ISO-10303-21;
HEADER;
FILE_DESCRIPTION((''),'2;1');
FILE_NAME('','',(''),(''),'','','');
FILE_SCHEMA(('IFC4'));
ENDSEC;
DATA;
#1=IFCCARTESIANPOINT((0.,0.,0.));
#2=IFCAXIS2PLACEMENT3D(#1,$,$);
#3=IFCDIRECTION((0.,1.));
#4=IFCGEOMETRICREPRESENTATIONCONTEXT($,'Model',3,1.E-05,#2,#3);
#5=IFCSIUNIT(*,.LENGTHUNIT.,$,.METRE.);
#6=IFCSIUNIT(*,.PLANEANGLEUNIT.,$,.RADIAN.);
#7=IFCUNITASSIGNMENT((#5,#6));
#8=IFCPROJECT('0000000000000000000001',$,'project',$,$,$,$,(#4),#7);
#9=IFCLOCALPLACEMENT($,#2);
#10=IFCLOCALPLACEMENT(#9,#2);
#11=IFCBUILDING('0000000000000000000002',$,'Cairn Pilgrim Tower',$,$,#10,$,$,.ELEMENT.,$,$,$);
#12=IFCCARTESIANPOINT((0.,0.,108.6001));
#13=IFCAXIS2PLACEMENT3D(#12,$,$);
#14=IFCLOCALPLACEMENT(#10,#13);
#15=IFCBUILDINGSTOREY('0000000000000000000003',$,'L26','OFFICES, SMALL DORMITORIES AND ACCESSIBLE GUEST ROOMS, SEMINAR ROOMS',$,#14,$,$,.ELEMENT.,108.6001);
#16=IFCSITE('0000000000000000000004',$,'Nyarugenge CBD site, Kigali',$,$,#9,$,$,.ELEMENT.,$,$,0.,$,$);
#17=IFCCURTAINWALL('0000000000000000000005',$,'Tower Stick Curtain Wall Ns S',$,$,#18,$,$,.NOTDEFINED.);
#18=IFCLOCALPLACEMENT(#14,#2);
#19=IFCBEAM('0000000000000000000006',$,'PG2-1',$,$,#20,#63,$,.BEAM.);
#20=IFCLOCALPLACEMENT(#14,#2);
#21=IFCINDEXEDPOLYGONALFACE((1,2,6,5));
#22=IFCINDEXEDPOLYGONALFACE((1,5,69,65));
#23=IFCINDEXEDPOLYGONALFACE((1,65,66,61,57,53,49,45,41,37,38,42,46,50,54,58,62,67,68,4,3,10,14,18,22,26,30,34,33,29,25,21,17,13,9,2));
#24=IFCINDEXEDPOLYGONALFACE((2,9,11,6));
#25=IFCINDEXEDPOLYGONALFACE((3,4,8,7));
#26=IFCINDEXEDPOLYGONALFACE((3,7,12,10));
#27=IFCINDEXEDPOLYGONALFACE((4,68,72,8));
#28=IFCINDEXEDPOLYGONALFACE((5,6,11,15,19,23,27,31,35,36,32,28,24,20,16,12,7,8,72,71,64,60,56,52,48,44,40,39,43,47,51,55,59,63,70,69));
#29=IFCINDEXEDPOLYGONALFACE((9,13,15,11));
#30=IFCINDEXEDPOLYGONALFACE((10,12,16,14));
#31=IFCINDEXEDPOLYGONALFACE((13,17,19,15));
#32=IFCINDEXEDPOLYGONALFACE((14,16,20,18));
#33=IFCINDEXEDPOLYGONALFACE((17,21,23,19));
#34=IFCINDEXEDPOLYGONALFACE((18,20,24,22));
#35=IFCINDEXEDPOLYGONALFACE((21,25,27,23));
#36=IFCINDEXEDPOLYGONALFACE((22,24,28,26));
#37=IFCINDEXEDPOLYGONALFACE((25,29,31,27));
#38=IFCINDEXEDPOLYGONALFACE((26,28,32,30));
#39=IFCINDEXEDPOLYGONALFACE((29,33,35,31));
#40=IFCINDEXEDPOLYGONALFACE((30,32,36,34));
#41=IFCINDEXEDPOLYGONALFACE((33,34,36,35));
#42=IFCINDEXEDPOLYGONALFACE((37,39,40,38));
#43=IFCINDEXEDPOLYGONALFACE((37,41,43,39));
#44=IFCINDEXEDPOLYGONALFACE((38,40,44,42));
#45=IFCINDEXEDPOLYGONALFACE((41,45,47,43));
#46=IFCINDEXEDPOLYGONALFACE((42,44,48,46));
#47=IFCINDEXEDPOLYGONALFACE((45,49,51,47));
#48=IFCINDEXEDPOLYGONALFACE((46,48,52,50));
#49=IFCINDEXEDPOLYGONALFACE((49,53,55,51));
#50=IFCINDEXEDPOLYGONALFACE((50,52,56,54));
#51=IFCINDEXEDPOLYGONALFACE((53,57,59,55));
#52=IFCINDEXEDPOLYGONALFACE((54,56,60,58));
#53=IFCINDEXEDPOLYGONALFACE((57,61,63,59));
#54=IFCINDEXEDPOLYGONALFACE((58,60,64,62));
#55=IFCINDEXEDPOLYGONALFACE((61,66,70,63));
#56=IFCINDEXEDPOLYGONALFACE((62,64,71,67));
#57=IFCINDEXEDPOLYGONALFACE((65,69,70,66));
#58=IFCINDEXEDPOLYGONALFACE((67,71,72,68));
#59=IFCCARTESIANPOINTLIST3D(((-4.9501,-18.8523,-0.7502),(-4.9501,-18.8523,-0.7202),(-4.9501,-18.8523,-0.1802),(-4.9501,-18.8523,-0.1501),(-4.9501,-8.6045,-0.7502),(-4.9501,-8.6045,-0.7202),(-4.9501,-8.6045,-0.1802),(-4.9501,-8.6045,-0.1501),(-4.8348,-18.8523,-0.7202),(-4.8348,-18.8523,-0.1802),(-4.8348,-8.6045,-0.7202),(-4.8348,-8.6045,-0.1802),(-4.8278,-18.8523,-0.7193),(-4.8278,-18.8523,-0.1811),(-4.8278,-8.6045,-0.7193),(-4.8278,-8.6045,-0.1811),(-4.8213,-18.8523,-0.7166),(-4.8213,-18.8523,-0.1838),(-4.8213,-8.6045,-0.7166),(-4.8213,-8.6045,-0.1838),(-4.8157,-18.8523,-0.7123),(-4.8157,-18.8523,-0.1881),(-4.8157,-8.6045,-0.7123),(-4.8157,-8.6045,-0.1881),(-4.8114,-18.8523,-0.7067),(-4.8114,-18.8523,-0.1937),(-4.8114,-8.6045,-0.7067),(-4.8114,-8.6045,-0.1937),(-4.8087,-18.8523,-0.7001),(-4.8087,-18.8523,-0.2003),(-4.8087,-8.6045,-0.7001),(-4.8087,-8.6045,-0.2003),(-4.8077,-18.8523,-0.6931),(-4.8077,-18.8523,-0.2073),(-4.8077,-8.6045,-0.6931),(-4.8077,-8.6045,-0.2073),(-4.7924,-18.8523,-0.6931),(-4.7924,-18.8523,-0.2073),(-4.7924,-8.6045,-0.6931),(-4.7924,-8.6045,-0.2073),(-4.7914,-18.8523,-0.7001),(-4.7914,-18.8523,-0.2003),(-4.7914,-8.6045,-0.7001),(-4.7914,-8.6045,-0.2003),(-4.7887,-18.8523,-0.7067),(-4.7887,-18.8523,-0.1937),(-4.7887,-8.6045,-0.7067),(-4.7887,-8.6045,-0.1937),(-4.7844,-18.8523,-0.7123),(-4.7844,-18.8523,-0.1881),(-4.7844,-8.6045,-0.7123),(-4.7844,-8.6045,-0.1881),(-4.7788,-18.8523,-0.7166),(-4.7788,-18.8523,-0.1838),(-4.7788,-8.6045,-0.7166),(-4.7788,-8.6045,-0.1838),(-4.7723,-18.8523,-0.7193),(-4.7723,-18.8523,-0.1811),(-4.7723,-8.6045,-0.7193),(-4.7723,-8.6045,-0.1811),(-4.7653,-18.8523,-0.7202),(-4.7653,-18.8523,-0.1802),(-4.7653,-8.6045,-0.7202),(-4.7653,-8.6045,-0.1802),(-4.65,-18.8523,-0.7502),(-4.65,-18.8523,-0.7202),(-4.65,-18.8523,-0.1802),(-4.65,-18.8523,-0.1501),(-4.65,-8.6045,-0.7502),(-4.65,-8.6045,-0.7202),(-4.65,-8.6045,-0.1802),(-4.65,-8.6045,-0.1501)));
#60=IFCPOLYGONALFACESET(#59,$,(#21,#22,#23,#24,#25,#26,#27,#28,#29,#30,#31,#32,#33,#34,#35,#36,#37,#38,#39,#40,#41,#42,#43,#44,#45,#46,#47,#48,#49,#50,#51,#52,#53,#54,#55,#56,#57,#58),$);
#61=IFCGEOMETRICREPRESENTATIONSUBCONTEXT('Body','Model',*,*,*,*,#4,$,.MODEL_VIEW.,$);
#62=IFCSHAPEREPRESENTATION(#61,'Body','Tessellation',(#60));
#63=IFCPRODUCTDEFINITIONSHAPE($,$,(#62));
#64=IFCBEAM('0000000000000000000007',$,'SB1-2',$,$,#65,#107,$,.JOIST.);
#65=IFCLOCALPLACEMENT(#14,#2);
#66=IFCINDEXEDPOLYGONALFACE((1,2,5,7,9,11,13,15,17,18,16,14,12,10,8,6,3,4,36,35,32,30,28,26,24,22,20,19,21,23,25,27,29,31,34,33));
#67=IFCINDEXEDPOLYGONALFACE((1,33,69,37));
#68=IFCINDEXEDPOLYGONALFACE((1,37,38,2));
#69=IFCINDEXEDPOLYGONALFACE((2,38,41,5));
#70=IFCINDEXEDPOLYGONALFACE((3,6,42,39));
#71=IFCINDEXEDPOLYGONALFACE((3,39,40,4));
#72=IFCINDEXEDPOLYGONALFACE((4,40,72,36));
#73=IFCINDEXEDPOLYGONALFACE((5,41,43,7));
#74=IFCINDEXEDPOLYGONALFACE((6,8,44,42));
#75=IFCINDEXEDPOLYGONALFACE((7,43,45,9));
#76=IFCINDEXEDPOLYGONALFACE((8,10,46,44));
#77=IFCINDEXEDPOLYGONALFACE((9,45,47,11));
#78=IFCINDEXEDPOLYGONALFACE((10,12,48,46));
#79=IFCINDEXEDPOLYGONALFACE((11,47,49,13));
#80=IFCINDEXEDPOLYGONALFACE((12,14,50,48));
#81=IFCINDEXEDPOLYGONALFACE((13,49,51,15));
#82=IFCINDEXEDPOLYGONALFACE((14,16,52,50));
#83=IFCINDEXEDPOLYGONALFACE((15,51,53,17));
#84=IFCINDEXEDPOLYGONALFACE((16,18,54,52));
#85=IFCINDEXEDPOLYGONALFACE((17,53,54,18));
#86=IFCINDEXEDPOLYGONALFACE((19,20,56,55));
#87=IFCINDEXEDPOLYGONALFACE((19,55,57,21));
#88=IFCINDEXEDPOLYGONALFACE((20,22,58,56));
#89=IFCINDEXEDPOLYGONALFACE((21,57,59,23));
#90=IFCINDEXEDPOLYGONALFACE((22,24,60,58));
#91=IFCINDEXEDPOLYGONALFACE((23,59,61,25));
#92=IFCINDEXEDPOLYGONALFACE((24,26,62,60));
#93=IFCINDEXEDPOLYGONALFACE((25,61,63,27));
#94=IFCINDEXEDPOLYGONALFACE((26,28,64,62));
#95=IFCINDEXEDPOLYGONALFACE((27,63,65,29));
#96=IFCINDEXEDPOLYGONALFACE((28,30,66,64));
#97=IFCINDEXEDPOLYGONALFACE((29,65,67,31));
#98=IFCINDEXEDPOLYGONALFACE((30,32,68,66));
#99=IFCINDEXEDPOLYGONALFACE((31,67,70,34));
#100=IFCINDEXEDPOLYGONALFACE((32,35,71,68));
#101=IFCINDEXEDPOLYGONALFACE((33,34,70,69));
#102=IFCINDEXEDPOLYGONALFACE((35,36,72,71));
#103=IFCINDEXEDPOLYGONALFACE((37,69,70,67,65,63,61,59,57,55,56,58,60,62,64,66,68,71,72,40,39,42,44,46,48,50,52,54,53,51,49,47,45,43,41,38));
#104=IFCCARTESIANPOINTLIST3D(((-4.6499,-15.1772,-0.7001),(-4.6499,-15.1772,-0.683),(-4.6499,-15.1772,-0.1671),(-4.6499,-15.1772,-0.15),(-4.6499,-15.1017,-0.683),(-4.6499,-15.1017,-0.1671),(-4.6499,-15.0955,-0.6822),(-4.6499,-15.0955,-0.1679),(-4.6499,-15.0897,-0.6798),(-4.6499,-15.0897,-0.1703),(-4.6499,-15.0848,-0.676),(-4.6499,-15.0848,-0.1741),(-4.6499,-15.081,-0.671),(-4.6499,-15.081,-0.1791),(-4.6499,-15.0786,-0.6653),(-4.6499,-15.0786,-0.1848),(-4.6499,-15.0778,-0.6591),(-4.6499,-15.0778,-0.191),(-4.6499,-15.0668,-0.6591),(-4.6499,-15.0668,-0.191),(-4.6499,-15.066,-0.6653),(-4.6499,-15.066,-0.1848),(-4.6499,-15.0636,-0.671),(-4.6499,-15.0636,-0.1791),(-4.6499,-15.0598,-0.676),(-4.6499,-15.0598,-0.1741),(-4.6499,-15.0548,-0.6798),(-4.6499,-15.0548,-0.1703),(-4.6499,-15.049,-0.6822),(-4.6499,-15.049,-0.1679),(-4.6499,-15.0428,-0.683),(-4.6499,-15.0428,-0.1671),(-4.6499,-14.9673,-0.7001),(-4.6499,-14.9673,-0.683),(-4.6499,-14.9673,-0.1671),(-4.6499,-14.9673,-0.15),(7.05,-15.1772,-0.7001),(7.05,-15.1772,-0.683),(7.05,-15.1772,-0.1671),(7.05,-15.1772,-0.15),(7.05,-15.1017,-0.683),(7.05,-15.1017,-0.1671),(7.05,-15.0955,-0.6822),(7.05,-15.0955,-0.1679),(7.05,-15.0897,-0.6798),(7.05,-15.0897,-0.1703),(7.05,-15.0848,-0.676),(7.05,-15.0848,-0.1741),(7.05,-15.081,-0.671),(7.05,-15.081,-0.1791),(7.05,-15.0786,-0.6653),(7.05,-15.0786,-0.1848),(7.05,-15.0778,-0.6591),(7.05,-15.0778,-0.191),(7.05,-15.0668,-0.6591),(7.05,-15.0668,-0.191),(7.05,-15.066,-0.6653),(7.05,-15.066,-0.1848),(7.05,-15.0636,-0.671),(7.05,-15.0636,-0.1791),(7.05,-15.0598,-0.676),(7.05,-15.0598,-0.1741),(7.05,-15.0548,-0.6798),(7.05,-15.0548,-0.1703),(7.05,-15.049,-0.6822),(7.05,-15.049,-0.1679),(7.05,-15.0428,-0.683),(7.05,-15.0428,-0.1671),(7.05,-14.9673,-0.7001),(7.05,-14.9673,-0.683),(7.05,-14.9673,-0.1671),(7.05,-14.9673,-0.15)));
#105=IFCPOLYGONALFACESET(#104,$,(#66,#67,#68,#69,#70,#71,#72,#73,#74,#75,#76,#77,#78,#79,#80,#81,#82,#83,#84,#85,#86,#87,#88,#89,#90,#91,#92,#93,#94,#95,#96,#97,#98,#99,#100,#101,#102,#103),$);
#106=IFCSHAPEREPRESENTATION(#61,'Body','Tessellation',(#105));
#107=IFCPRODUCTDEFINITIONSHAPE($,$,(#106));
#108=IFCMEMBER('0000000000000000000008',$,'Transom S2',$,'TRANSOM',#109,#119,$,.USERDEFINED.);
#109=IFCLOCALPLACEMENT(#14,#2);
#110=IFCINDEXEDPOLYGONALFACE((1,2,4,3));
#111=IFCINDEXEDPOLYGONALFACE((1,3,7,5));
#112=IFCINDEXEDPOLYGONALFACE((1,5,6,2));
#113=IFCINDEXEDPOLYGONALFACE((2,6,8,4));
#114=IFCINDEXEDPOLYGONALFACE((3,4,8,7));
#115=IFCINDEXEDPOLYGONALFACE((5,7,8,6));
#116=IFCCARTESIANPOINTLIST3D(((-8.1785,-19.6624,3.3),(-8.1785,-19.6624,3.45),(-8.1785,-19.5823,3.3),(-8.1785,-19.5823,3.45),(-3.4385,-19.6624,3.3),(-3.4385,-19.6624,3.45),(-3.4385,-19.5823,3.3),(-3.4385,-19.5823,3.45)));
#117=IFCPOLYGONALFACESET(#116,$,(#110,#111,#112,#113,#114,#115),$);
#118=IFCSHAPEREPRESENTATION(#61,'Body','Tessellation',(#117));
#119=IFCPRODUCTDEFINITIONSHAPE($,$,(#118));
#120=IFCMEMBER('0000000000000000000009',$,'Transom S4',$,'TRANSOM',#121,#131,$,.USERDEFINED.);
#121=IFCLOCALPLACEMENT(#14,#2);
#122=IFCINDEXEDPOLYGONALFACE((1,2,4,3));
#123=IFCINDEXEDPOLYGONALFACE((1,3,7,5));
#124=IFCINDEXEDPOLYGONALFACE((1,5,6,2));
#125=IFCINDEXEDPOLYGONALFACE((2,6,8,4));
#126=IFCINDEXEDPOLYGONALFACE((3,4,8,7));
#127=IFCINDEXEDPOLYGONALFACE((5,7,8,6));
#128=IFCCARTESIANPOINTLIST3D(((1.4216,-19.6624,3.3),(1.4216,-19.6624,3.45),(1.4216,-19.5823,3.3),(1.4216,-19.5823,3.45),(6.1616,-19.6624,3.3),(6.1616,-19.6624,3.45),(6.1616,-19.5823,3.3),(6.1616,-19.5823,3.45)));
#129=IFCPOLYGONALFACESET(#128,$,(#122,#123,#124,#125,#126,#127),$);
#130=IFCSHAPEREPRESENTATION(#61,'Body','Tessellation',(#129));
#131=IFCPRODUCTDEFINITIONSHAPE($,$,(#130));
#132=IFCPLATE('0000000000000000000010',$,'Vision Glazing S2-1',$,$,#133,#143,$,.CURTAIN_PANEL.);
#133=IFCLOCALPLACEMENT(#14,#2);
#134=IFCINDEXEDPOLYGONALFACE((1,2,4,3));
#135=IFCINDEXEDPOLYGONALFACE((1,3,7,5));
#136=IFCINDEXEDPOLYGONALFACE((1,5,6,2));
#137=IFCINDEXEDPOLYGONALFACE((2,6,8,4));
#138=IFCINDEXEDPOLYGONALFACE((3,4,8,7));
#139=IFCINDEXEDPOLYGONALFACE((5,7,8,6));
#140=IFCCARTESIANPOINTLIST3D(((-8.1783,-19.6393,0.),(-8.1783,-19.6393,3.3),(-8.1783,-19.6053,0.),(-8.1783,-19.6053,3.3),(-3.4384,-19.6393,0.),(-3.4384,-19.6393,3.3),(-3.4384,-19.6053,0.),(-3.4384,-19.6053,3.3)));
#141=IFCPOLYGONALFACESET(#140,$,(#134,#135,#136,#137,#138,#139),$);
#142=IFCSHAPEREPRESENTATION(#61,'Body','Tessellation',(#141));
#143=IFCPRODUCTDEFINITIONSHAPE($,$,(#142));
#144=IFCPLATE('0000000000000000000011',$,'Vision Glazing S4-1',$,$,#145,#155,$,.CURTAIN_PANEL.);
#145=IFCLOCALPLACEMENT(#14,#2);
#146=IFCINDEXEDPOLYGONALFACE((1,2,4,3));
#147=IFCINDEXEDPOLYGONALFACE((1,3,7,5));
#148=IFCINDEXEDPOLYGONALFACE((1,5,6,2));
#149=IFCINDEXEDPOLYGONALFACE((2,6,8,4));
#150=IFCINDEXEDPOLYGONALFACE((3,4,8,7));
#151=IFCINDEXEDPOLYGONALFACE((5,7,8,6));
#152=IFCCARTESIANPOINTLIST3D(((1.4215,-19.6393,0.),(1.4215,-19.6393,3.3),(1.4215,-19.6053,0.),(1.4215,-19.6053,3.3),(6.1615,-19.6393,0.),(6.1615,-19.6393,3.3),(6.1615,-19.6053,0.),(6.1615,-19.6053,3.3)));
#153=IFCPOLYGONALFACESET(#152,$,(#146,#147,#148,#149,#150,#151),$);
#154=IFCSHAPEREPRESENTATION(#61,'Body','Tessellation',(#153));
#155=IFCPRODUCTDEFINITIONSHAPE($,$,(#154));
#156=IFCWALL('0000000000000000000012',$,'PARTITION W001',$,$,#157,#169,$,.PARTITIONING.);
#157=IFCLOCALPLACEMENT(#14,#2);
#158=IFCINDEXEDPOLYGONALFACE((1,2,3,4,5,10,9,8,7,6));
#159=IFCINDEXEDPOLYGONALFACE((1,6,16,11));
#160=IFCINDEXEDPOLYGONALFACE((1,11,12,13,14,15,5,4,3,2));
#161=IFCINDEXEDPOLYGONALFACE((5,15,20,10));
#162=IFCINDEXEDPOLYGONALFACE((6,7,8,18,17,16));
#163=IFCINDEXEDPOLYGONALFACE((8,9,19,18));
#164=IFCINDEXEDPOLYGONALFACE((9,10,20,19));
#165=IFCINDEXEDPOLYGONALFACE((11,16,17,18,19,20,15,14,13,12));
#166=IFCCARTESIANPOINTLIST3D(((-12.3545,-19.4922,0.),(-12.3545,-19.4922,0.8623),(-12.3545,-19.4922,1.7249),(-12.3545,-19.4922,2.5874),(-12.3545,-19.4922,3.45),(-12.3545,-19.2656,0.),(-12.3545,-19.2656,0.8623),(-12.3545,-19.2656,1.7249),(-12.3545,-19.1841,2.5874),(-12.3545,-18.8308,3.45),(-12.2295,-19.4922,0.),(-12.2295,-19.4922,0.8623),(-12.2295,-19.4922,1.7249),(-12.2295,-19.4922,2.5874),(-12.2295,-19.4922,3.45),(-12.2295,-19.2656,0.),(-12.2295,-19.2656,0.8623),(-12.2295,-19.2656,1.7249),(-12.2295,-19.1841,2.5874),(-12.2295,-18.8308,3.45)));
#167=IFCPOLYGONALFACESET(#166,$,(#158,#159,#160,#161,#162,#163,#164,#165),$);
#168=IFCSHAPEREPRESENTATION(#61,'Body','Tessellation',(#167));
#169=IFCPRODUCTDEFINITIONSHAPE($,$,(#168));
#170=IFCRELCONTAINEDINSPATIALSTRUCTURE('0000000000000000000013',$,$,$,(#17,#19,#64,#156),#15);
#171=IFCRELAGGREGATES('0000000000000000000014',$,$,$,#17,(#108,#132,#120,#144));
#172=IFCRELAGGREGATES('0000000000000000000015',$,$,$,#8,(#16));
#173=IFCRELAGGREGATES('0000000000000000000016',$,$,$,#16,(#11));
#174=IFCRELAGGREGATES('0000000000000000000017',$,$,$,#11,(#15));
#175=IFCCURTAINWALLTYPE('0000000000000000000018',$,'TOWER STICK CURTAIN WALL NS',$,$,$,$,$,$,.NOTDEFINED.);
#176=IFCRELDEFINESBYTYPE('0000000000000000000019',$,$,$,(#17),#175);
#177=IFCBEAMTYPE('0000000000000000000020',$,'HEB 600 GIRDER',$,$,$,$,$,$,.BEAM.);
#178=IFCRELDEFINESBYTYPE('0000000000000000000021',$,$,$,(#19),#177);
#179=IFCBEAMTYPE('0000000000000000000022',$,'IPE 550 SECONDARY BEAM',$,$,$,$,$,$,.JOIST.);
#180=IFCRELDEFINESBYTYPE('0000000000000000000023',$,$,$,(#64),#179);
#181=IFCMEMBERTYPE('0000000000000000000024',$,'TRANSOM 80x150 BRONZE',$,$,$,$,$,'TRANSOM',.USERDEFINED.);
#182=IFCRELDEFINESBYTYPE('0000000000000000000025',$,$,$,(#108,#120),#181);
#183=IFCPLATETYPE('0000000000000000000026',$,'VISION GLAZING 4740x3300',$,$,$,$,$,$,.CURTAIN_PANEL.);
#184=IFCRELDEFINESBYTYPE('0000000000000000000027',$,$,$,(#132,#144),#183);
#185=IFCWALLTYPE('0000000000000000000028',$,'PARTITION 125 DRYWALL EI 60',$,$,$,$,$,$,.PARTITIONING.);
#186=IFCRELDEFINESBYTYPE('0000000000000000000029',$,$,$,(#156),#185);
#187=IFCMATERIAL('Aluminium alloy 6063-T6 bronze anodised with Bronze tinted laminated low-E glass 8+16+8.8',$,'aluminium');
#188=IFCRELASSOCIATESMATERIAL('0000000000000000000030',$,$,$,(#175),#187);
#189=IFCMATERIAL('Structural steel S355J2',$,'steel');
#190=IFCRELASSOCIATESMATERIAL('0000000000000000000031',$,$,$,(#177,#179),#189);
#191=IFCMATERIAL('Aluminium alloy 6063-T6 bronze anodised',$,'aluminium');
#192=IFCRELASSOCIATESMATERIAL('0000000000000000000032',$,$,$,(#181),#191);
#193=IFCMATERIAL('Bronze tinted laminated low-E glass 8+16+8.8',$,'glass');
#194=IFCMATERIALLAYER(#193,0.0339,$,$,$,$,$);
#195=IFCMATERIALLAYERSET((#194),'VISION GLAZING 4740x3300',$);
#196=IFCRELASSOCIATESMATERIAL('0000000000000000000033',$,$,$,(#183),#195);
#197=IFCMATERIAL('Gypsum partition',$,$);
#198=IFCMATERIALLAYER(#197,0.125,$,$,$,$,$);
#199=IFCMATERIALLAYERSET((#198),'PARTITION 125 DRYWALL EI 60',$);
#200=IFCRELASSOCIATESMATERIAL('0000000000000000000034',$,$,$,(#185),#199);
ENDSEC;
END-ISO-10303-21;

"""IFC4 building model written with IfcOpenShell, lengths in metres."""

from ifc_helpers import new_model, si_unit, direction, frame, origin, origin_2d, place, context, subcontext, project, spatial, polyline, rectangle, i_section, outline, extrude, material, layer, layer_set, material_profile, profile_set, type_object, element, aggregate, save


model = new_model("IFC4")

# Units and contexts
model_context = context("Model", 3, precision=1e-05, world=origin(), true_north=direction((0.0, 1.0)))
body_context = subcontext(model_context, "Body", "Model", "MODEL_VIEW")
ifc_project = project(units=[si_unit("LENGTHUNIT", "METRE"), si_unit("PLANEANGLEUNIT", "RADIAN")], contexts=[model_context])

# Site, building, storey
site_placement = place(None, origin())
site = spatial("IfcSite", under=ifc_project, at=site_placement, Name="Nyarugenge CBD site, Kigali", CompositionType="ELEMENT", RefElevation=0.0)
building_placement = place(site_placement, origin())
building = spatial("IfcBuilding", under=site, at=building_placement, Name="Cairn Pilgrim Tower", CompositionType="ELEMENT")
storey_placement = place(building_placement, frame((0.0, 0.0, 108.6001)))
storey = spatial("IfcBuildingStorey", under=building, at=storey_placement, Name="L26", Description="OFFICES, SMALL DORMITORIES AND ACCESSIBLE GUEST ROOMS, SEMINAR ROOMS", CompositionType="ELEMENT", Elevation=108.6001)

# Curtain wall
ifc_material_1 = material(Name="Aluminium alloy 6063-T6 bronze anodised with Bronze tinted laminated low-E glass 8+16+8.8", Category="aluminium")
curtain_wall_type = type_object("IfcCurtainWallType", Name="TOWER STICK CURTAIN WALL NS", PredefinedType="NOTDEFINED", material=ifc_material_1)
curtain_wall_placement = place(storey_placement, origin())
curtain_wall = element("IfcCurtainWall", 1, at=curtain_wall_placement, inside=storey, type_object=curtain_wall_type, Name="Tower Stick Curtain Wall Ns S", PredefinedType="NOTDEFINED")
ifc_material_2 = material(Name="Aluminium alloy 6063-T6 bronze anodised", Category="aluminium")

# Beams
ifc_material_3 = material(Name="Structural steel S355J2", Category="steel")
ifc_material_profile_1 = material_profile(ifc_material_3, i_section(OverallWidth=0.3, OverallDepth=0.6001, WebThickness=0.0154, FlangeThickness=0.03, FilletRadius=0.0271, at=origin_2d()), Name="HEB 600")
ifc_profile_set_1 = profile_set([ifc_material_profile_1], Name="Structural steel S355J2")
beam_type_1 = type_object("IfcBeamType", Name="HEB 600 GIRDER", PredefinedType="BEAM", material=ifc_profile_set_1)
beam_1_placement = place(storey_placement, frame((-4.8, -18.8523, -0.4502), z_axis=(0.0, 1.0, 0.0), x_axis=(-1.0, 0.0, 0.0)))
element("IfcBeam", 2, at=beam_1_placement, inside=storey, type_object=beam_type_1, Name="PG2-1", PredefinedType="BEAM", context=body_context, shape_type="SweptSolid", body=[
    extrude(i_section(OverallWidth=0.3, OverallDepth=0.6001, WebThickness=0.0154, FlangeThickness=0.03, FilletRadius=0.0271, at=origin_2d()), origin(), (0.0, 0.0, 1.0), 10.2478),
])
ifc_material_profile_2 = material_profile(ifc_material_3, i_section(OverallWidth=0.21, OverallDepth=0.55, WebThickness=0.011, FlangeThickness=0.0171, FilletRadius=0.0239, at=origin_2d()), Name="IPE 550")
ifc_profile_set_2 = profile_set([ifc_material_profile_2], Name="Structural steel S355J2")
beam_type_2 = type_object("IfcBeamType", Name="IPE 550 SECONDARY BEAM", PredefinedType="JOIST", material=ifc_profile_set_2)
beam_2_placement = place(storey_placement, frame((-4.6499, -15.0723, -0.425), z_axis=(1.0, 0.0, 0.0), x_axis=(0.0, 1.0, 0.0)))
element("IfcBeam", 3, at=beam_2_placement, inside=storey, type_object=beam_type_2, Name="SB1-2", PredefinedType="JOIST", context=body_context, shape_type="SweptSolid", body=[
    extrude(i_section(OverallWidth=0.21, OverallDepth=0.55, WebThickness=0.011, FlangeThickness=0.0171, FilletRadius=0.0239, at=origin_2d()), origin(), (0.0, 0.0, 1.0), 11.7),
])

# Members
ifc_material_profile_3 = material_profile(ifc_material_2, rectangle(XDim=0.0801, YDim=0.1499, at=origin_2d()), Name="TRANSOM 80x150 BRONZE")
ifc_profile_set_3 = profile_set([ifc_material_profile_3], Name="Aluminium alloy 6063-T6 bronze anodised")
member_type_1 = type_object("IfcMemberType", Name="TRANSOM 80x150 BRONZE", ElementType="TRANSOM", PredefinedType="USERDEFINED", material=ifc_profile_set_3)
member_1_placement = place(storey_placement, frame((-8.1785, -19.6223, 3.375), z_axis=(1.0, 0.0, 0.0), x_axis=(0.0, 1.0, 0.0)))
member_1 = element("IfcMember", 4, at=member_1_placement, type_object=member_type_1, Name="Transom S2", ObjectType="TRANSOM", PredefinedType="USERDEFINED", context=body_context, shape_type="SweptSolid", body=[
    extrude(rectangle(XDim=0.0801, YDim=0.1499, at=origin_2d()), origin(), (0.0, 0.0, 1.0), 4.74),
])
member_2_placement = place(storey_placement, frame((1.4216, -19.6223, 3.375), z_axis=(1.0, 0.0, 0.0), x_axis=(0.0, 1.0, 0.0)))
member_2 = element("IfcMember", 5, at=member_2_placement, type_object=member_type_1, Name="Transom S4", ObjectType="TRANSOM", PredefinedType="USERDEFINED", context=body_context, shape_type="SweptSolid", body=[
    extrude(rectangle(XDim=0.0801, YDim=0.1499, at=origin_2d()), origin(), (0.0, 0.0, 1.0), 4.74),
])

# Plates
ifc_material_4 = material(Name="Bronze tinted laminated low-E glass 8+16+8.8", Category="glass")
ifc_layer_1 = layer(ifc_material_4, 0.0339)
ifc_layer_set_1 = layer_set([ifc_layer_1], Name="VISION GLAZING 4740x3300")
plate_type = type_object("IfcPlateType", Name="VISION GLAZING 4740x3300", PredefinedType="CURTAIN_PANEL", material=ifc_layer_set_1)
plate_1_placement = place(storey_placement, frame((-5.8083, -19.6223, 0.0), z_axis=(0.0, 0.0, 1.0), x_axis=(1.0, 0.0, 0.0)))
plate_1 = element("IfcPlate", 6, at=plate_1_placement, type_object=plate_type, Name="Vision Glazing S2-1", PredefinedType="CURTAIN_PANEL", context=body_context, shape_type="SweptSolid", body=[
    extrude(rectangle(XDim=4.74, YDim=0.0339, at=origin_2d()), origin(), (0.0, 0.0, 1.0), 3.3),
])
plate_2_placement = place(storey_placement, frame((3.7915, -19.6223, 0.0), z_axis=(0.0, 0.0, 1.0), x_axis=(1.0, 0.0, 0.0)))
plate_2 = element("IfcPlate", 7, at=plate_2_placement, type_object=plate_type, Name="Vision Glazing S4-1", PredefinedType="CURTAIN_PANEL", context=body_context, shape_type="SweptSolid", body=[
    extrude(rectangle(XDim=4.74, YDim=0.0339, at=origin_2d()), origin(), (0.0, 0.0, 1.0), 3.3),
])
aggregate(curtain_wall, [member_1, plate_1, member_2, plate_2])

# Wall
ifc_material_5 = material(Name="Gypsum partition")
ifc_layer_2 = layer(ifc_material_5, 0.125)
ifc_layer_set_2 = layer_set([ifc_layer_2], Name="PARTITION 125 DRYWALL EI 60")
wall_type_1 = type_object("IfcWallType", Name="PARTITION 125 DRYWALL EI 60", PredefinedType="PARTITIONING", material=ifc_layer_set_2)
wall_1_placement = place(storey_placement, frame((-12.292, -19.4922, 0.0), z_axis=(0.0, 0.0, 1.0), x_axis=(0.0, 1.0, 0.0)))
element("IfcWall", 8, at=wall_1_placement, inside=storey, type_object=wall_type_1, Name="PARTITION W001", PredefinedType="PARTITIONING", context=body_context, shape_type="SweptSolid", body=[
    extrude(outline(polyline([(0.0, 0.0), (0.2266, 0.0), (0.2266, 0.8623), (0.2266, 1.7249), (0.3081, 2.5874), (0.6614, 3.45), (0.0, 3.45), (0.0, 2.5874), (0.0, 1.7249), (0.0, 0.8623), (0.0, 0.0)])), frame((0.0, 0.0625, 0.0), z_axis=(0.0, -1.0, 0.0), x_axis=(1.0, 0.0, 0.0)), (0.0, 0.0, 1.0), 0.125),
])

save(model, "model.ifc")
